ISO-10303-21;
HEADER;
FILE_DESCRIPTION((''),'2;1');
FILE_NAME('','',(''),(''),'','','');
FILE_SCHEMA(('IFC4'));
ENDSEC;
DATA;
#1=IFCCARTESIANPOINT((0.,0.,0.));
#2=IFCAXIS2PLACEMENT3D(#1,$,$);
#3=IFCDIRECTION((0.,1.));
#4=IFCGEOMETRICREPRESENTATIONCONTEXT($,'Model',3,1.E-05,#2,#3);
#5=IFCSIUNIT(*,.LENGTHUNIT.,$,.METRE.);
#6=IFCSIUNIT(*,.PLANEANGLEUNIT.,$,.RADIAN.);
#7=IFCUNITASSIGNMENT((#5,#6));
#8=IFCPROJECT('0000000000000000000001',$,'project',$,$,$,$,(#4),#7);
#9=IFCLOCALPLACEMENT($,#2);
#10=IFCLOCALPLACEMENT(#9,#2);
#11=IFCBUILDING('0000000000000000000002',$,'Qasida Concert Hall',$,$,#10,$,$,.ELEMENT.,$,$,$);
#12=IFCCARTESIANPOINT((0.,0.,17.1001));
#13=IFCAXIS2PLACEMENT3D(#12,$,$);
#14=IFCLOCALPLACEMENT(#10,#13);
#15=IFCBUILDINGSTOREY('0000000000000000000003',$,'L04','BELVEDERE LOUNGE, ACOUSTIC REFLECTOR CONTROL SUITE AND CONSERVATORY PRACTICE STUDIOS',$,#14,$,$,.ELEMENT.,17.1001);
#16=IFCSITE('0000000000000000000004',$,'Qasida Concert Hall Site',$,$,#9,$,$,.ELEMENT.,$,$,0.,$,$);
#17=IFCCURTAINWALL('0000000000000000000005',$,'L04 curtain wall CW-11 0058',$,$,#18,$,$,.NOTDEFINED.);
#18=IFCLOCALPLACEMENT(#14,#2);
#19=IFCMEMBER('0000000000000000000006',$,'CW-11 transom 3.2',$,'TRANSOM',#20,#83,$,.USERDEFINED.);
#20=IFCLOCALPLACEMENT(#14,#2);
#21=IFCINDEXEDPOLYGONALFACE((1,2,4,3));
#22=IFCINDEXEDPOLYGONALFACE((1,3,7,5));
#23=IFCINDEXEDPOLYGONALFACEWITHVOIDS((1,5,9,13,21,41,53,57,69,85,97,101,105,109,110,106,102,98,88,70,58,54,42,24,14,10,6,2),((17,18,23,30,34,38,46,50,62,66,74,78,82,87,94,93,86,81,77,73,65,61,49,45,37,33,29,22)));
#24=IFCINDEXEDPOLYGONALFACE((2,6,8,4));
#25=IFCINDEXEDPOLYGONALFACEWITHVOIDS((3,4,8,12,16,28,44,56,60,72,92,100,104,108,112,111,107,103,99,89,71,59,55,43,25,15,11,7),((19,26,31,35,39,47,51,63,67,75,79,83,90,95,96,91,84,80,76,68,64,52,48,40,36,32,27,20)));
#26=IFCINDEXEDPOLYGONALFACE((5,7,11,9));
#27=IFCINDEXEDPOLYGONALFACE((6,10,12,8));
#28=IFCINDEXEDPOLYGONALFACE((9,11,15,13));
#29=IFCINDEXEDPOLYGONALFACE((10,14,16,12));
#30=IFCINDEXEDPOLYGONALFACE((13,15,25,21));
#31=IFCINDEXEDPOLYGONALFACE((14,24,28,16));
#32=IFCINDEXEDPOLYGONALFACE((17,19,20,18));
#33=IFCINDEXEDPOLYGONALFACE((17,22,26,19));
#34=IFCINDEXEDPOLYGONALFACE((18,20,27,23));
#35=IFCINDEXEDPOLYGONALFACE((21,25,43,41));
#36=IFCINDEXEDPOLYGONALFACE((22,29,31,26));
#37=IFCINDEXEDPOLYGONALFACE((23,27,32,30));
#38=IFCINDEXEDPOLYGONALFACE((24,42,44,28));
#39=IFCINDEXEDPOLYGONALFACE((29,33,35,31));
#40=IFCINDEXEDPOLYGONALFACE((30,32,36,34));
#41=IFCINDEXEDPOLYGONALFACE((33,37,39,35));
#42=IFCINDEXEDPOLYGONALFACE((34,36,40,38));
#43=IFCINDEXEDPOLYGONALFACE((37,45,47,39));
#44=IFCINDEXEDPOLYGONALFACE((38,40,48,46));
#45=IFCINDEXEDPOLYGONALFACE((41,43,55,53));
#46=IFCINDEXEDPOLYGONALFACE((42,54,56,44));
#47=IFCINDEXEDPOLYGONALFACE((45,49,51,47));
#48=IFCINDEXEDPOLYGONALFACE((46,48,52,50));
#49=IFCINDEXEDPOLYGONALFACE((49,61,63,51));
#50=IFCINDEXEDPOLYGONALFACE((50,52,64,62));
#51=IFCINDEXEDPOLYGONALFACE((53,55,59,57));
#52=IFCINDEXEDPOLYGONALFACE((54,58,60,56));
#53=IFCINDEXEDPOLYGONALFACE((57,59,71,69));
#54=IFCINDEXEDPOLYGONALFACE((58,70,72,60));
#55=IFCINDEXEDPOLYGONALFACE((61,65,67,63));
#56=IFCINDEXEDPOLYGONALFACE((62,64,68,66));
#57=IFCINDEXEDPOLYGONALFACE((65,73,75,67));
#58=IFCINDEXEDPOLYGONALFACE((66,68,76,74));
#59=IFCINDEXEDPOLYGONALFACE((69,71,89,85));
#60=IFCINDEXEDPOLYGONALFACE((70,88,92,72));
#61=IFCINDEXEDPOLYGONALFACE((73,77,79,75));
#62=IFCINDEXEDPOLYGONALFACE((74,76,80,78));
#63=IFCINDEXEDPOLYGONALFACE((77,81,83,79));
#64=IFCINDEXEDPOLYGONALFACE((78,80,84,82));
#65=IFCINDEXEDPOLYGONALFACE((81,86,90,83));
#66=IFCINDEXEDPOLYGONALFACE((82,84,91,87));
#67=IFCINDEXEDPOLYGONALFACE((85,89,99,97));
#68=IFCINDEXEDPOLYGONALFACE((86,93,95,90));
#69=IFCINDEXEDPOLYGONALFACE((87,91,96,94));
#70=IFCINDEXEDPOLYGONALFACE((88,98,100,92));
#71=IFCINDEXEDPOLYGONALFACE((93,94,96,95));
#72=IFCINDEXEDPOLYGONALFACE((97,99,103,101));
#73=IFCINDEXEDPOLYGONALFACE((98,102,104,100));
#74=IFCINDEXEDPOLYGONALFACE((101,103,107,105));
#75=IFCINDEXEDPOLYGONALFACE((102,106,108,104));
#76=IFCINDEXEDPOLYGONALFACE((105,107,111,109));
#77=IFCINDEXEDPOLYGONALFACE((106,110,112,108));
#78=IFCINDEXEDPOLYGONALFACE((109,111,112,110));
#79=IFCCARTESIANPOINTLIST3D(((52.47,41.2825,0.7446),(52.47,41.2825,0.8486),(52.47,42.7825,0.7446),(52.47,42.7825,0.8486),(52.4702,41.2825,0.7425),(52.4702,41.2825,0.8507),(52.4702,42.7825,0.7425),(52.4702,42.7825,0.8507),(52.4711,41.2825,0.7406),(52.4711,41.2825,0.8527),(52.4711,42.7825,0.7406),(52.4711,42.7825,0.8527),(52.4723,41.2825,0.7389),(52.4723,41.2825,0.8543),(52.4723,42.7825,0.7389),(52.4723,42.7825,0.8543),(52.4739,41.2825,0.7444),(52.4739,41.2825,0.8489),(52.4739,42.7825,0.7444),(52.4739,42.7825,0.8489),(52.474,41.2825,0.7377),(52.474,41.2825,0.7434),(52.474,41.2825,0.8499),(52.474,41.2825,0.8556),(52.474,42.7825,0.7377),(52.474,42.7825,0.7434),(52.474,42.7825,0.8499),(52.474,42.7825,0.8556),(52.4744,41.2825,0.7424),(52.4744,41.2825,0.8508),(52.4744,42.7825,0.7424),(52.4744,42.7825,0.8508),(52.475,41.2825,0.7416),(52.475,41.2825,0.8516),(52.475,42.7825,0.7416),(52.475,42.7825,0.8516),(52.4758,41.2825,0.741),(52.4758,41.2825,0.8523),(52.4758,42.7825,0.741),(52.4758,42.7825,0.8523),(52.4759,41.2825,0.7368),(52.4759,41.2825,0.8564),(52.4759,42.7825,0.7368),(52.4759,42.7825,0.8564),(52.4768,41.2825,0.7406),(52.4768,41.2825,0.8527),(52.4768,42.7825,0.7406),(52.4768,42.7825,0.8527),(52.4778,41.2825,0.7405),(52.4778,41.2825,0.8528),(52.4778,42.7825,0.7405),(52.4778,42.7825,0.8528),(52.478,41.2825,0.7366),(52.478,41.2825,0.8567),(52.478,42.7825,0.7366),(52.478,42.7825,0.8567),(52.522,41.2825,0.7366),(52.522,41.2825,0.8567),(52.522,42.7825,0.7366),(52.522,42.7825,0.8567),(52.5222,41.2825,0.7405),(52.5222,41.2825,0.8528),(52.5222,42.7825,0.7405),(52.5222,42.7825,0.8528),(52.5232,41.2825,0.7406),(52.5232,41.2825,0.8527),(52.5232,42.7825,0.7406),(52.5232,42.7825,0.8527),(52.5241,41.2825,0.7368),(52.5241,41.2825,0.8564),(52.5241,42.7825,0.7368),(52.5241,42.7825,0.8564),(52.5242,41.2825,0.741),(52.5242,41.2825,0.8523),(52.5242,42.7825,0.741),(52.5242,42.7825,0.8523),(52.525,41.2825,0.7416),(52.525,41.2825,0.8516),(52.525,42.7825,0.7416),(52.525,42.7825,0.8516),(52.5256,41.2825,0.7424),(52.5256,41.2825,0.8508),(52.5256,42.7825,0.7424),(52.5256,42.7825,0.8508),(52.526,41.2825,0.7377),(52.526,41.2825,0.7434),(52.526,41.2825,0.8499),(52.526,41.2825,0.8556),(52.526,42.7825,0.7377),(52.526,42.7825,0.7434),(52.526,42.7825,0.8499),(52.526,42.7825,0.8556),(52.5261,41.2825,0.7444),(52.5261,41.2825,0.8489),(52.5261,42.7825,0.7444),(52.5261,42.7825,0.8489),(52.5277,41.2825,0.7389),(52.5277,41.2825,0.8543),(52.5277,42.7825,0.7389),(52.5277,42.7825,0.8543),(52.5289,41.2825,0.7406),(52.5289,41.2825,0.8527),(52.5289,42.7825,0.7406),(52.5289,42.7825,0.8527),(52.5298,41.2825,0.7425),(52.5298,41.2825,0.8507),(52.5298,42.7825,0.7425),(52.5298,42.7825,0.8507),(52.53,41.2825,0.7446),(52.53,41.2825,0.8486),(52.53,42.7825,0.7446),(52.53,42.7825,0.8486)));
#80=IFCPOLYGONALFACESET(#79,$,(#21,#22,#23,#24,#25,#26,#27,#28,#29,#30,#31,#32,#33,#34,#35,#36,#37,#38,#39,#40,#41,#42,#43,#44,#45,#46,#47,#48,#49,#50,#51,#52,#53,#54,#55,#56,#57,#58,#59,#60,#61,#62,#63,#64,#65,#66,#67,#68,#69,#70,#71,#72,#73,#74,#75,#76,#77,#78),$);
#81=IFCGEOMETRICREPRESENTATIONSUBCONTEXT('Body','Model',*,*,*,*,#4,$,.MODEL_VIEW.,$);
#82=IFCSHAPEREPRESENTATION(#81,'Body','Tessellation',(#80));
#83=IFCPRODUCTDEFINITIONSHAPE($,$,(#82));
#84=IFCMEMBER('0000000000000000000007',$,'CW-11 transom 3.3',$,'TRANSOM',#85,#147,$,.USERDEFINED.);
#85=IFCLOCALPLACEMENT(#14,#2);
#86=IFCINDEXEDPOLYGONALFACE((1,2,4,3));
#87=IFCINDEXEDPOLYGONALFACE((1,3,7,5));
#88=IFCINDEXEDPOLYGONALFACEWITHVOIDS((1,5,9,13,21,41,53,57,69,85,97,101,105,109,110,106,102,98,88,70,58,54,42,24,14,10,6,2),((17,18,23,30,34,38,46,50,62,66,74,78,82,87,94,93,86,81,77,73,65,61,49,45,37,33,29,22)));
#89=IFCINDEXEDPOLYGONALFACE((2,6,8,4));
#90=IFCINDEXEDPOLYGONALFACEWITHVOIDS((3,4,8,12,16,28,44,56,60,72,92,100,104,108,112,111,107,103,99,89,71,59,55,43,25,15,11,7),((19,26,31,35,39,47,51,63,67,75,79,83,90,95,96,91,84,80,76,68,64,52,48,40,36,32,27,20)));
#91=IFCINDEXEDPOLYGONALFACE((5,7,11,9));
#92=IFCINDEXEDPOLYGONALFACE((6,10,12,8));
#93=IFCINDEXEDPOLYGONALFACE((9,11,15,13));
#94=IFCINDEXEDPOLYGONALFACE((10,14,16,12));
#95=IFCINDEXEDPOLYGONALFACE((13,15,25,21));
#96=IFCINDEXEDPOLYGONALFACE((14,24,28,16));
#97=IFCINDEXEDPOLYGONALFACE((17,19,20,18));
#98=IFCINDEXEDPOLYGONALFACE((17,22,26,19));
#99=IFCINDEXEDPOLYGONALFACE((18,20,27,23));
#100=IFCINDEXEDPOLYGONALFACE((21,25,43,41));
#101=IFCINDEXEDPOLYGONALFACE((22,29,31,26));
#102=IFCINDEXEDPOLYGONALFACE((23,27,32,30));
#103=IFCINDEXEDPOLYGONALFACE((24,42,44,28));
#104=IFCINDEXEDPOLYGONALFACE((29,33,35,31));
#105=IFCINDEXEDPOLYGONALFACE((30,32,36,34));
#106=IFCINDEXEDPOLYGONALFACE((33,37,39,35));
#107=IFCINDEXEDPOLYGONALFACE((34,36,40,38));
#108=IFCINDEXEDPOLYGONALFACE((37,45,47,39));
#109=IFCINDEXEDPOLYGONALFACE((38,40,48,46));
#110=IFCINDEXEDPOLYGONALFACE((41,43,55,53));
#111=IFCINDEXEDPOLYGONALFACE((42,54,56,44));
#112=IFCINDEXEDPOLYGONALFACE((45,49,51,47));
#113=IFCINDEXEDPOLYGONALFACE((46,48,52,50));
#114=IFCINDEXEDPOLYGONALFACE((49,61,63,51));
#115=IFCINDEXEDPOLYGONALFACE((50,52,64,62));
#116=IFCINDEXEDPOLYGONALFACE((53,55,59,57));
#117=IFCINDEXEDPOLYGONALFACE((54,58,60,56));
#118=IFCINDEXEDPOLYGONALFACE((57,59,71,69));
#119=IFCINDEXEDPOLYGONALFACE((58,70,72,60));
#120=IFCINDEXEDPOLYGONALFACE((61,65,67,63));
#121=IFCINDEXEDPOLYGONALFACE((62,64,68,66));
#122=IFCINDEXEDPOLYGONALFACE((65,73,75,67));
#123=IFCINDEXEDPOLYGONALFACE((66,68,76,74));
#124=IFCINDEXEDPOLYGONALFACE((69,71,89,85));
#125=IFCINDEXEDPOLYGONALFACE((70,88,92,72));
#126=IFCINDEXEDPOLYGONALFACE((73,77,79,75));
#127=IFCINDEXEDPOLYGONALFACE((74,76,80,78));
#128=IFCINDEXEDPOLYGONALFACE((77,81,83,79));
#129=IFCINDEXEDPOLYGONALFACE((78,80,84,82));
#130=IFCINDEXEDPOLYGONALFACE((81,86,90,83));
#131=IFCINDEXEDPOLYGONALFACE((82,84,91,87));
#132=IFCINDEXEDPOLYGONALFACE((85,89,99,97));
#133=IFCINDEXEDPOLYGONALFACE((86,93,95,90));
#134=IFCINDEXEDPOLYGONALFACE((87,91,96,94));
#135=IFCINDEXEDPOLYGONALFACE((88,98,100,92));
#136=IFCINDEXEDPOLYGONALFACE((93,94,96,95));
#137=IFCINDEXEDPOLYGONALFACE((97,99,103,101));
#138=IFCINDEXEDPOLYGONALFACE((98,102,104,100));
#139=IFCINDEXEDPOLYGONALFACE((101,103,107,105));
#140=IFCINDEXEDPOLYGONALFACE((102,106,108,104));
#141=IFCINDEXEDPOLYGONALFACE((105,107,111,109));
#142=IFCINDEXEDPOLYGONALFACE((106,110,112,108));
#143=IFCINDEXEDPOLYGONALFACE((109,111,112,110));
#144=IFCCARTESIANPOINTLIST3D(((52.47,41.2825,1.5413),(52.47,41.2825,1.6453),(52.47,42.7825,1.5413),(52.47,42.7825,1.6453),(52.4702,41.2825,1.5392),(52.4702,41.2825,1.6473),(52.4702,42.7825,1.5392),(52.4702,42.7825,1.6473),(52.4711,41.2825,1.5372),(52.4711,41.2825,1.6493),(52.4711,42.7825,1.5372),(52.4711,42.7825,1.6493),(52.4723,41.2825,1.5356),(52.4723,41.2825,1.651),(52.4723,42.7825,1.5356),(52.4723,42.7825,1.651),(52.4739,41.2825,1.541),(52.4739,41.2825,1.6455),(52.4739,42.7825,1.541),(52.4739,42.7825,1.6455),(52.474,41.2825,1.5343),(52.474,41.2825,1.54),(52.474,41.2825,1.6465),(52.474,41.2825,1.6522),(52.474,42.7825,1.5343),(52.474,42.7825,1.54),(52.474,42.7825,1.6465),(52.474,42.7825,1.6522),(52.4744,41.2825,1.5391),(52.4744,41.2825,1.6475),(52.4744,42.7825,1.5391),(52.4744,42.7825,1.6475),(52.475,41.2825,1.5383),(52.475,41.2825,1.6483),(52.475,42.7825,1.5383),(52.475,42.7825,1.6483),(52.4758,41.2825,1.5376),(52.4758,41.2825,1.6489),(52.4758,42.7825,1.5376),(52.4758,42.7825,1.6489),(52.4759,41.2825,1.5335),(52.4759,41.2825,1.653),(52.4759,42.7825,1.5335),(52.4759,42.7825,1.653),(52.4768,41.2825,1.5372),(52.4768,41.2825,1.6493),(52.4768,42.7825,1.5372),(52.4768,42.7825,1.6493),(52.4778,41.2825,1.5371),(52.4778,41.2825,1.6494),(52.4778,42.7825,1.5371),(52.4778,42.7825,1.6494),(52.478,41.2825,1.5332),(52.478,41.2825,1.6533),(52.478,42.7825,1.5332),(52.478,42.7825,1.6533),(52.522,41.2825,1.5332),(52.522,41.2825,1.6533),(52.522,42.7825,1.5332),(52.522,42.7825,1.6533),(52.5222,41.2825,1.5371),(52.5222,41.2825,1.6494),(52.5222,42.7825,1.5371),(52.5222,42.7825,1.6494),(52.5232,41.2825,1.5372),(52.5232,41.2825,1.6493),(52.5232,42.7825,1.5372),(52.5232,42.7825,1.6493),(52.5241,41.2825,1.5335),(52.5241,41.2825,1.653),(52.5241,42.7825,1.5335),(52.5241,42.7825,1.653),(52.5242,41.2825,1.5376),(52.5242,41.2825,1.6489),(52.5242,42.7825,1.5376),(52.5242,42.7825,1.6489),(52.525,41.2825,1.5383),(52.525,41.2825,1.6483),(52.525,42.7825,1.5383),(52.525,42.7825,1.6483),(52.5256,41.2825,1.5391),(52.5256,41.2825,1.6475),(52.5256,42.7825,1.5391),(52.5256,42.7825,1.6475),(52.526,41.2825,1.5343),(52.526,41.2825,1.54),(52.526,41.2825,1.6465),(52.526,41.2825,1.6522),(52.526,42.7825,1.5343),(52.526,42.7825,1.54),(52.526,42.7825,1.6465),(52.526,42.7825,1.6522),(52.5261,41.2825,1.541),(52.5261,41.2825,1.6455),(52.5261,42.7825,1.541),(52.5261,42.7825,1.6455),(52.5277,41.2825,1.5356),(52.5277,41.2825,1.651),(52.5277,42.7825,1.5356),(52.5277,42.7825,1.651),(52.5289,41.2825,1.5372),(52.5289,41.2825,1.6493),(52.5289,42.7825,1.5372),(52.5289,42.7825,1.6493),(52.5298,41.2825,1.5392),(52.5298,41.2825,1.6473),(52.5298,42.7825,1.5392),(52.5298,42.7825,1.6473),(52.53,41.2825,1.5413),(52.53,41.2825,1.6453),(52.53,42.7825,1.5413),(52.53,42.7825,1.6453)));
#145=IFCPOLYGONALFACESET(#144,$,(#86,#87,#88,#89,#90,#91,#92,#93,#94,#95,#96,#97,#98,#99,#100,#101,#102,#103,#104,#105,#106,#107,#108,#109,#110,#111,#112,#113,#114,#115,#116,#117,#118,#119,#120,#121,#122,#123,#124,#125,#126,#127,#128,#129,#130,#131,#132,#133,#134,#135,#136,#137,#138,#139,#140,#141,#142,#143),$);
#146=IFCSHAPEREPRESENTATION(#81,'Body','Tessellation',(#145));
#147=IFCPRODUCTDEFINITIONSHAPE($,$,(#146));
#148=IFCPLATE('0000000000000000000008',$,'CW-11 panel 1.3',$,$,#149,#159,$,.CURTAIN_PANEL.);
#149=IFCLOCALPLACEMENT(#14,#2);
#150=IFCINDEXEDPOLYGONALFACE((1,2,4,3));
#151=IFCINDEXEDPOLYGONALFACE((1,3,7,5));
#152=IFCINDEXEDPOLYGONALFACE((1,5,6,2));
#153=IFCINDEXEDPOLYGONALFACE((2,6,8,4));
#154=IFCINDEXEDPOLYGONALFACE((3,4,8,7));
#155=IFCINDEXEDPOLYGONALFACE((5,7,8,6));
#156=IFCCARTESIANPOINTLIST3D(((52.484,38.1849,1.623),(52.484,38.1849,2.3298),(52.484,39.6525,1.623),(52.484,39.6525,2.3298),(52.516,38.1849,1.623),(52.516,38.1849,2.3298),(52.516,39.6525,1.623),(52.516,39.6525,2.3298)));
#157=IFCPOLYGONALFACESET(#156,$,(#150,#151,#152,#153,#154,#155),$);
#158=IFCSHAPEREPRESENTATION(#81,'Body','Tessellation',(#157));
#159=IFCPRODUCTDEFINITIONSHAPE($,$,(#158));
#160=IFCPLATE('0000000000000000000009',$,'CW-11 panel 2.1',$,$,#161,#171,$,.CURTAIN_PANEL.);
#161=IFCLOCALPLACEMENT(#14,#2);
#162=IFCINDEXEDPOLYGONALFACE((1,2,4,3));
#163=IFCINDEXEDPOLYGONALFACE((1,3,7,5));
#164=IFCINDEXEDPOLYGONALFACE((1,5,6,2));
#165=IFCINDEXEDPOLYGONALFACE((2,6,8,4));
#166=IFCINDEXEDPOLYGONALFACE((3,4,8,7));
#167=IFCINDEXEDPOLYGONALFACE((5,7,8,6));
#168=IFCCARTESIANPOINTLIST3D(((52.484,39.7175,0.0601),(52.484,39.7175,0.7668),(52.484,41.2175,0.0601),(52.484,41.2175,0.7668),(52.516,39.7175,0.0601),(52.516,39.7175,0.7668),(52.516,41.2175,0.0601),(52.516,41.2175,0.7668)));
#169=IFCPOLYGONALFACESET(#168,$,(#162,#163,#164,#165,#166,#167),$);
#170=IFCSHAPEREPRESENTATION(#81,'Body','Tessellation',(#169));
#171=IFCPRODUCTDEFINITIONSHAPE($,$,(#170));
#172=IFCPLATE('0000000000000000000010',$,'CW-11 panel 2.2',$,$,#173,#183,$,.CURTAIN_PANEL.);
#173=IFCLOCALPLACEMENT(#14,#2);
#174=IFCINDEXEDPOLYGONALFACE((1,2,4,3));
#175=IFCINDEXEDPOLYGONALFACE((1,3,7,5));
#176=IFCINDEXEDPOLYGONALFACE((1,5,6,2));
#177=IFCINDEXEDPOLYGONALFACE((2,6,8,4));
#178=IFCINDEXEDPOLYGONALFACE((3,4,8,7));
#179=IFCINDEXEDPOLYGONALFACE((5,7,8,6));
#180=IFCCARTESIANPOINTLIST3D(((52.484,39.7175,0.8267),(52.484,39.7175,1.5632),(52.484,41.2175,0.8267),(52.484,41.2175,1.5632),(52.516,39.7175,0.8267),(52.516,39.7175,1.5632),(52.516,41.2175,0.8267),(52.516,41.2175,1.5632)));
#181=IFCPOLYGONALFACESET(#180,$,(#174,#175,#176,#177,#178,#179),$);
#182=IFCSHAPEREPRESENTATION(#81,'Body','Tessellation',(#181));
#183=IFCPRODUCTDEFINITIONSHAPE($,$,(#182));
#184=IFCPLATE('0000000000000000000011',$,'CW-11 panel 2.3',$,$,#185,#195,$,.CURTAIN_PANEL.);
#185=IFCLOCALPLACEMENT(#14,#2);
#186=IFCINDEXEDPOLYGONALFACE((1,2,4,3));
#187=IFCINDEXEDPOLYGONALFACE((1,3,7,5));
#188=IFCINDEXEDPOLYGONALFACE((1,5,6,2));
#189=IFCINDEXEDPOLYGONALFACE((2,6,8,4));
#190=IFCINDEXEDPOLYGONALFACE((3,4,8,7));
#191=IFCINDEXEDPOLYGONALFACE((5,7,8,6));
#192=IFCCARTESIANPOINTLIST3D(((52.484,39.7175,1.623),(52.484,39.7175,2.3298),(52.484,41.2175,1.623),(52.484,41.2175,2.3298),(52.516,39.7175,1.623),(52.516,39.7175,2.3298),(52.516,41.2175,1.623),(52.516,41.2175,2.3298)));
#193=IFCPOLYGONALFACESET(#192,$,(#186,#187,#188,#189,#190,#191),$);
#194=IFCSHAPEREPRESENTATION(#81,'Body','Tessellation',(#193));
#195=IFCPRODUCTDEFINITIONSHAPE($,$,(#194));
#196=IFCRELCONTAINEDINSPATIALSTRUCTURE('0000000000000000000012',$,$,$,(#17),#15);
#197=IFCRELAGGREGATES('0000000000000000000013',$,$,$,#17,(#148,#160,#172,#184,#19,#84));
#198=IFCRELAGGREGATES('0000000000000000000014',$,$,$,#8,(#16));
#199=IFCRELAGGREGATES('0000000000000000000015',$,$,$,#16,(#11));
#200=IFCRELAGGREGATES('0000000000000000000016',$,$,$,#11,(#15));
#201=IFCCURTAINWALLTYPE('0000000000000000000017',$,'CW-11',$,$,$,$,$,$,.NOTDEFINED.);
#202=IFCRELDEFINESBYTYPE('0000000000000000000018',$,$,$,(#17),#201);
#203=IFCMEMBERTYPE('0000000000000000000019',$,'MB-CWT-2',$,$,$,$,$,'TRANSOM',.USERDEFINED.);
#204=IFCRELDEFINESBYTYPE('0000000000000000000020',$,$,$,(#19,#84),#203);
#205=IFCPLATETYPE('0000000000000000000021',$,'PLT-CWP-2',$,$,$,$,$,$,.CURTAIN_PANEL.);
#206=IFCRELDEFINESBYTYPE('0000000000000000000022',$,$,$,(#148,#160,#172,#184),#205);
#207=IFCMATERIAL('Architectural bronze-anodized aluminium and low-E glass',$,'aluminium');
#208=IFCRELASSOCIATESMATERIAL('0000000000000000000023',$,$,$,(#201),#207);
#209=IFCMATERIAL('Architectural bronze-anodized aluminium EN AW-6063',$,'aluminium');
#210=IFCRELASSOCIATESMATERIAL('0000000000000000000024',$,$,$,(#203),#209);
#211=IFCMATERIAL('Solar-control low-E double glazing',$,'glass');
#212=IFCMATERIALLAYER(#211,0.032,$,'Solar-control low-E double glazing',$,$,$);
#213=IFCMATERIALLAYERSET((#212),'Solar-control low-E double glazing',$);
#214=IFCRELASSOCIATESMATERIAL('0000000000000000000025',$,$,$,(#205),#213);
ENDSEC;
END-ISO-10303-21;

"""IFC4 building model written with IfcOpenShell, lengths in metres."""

from ifc_helpers import new_model, si_unit, direction, frame, origin, origin_2d, place, context, subcontext, project, spatial, rectangle, hollow_rectangle, extrude, material, layer, layer_set, material_profile, profile_set, type_object, element, aggregate, save


model = new_model("IFC4")

# Units and contexts
model_context = context("Model", 3, precision=1e-05, world=origin(), true_north=direction((0.0, 1.0)))
body_context = subcontext(model_context, "Body", "Model", "MODEL_VIEW")
ifc_project = project(units=[si_unit("LENGTHUNIT", "METRE"), si_unit("PLANEANGLEUNIT", "RADIAN")], contexts=[model_context])

# Site, building, storey
site_placement = place(None, origin())
site = spatial("IfcSite", under=ifc_project, at=site_placement, Name="Qasida Concert Hall Site", CompositionType="ELEMENT", RefElevation=0.0)
building_placement = place(site_placement, origin())
building = spatial("IfcBuilding", under=site, at=building_placement, Name="Qasida Concert Hall", CompositionType="ELEMENT")
storey_placement = place(building_placement, frame((0.0, 0.0, 17.1001)))
storey = spatial("IfcBuildingStorey", under=building, at=storey_placement, Name="L04", Description="BELVEDERE LOUNGE, ACOUSTIC REFLECTOR CONTROL SUITE AND CONSERVATORY PRACTICE STUDIOS", CompositionType="ELEMENT", Elevation=17.1001)

# Curtain wall, members, plates
ifc_material_1 = material(Name="Architectural bronze-anodized aluminium and low-E glass", Category="aluminium")
curtain_wall_type = type_object("IfcCurtainWallType", Name="CW-11", PredefinedType="NOTDEFINED", material=ifc_material_1)
curtain_wall_placement = place(storey_placement, origin())
curtain_wall = element("IfcCurtainWall", 1, at=curtain_wall_placement, inside=storey, type_object=curtain_wall_type, Name="L04 curtain wall CW-11 0058", PredefinedType="NOTDEFINED")
ifc_material_2 = material(Name="Architectural bronze-anodized aluminium EN AW-6063", Category="aluminium")
ifc_material_profile_1 = material_profile(ifc_material_2, hollow_rectangle(XDim=0.0601, YDim=0.1201, WallThickness=0.0039, InnerFilletRadius=0.0039, OuterFilletRadius=0.0081, at=origin_2d()), Name="CWT 120x60x4")
ifc_profile_set_1 = profile_set([ifc_material_profile_1], Name="Architectural bronze-anodized aluminium EN AW-6063")
member_type_1 = type_object("IfcMemberType", Name="MB-CWT-2", ElementType="TRANSOM", PredefinedType="USERDEFINED", material=ifc_profile_set_1)
member_1_placement = place(storey_placement, frame((52.5, 41.2825, 0.7966), z_axis=(0.0, 1.0, 0.0), x_axis=(-1.0, 0.0, 0.0)))
member_1 = element("IfcMember", 2, at=member_1_placement, type_object=member_type_1, Name="CW-11 transom 3.2", ObjectType="TRANSOM", PredefinedType="USERDEFINED", context=body_context, shape_type="SweptSolid", body=[
    extrude(hollow_rectangle(XDim=0.0601, YDim=0.1201, WallThickness=0.0039, InnerFilletRadius=0.0039, OuterFilletRadius=0.0081, at=origin_2d()), origin(), (0.0, 0.0, 1.0), 1.5),
])
member_2_placement = place(storey_placement, frame((52.5, 41.2825, 1.5933), z_axis=(0.0, 1.0, 0.0), x_axis=(-1.0, 0.0, 0.0)))
member_2 = element("IfcMember", 3, at=member_2_placement, type_object=member_type_1, Name="CW-11 transom 3.3", ObjectType="TRANSOM", PredefinedType="USERDEFINED", context=body_context, shape_type="SweptSolid", body=[
    extrude(hollow_rectangle(XDim=0.0601, YDim=0.1201, WallThickness=0.0039, InnerFilletRadius=0.0039, OuterFilletRadius=0.0081, at=origin_2d()), origin(), (0.0, 0.0, 1.0), 1.5),
])
ifc_material_3 = material(Name="Solar-control low-E double glazing", Category="glass")
ifc_layer_1 = layer(ifc_material_3, 0.032, Name="Solar-control low-E double glazing")
ifc_layer_set_1 = layer_set([ifc_layer_1], Name="Solar-control low-E double glazing")
plate_type = type_object("IfcPlateType", Name="PLT-CWP-2", PredefinedType="CURTAIN_PANEL", material=ifc_layer_set_1)
plate_1_placement = place(storey_placement, frame((52.5, 38.9187, 1.623), z_axis=(0.0, 0.0, 1.0), x_axis=(0.0, 1.0, 0.0)))
plate_1 = element("IfcPlate", 4, at=plate_1_placement, type_object=plate_type, Name="CW-11 panel 1.3", PredefinedType="CURTAIN_PANEL", context=body_context, shape_type="SweptSolid", body=[
    extrude(rectangle(XDim=1.4675, YDim=0.032, at=origin_2d()), origin(), (0.0, 0.0, 1.0), 0.7068),
])
plate_2_placement = place(storey_placement, frame((52.5, 40.4675, 0.0601), z_axis=(0.0, 0.0, 1.0), x_axis=(0.0, 1.0, 0.0)))
plate_2 = element("IfcPlate", 5, at=plate_2_placement, type_object=plate_type, Name="CW-11 panel 2.1", PredefinedType="CURTAIN_PANEL", context=body_context, shape_type="SweptSolid", body=[
    extrude(rectangle(XDim=1.5, YDim=0.032, at=origin_2d()), origin(), (0.0, 0.0, 1.0), 0.7068),
])
plate_3_placement = place(storey_placement, frame((52.5, 40.4675, 0.8267), z_axis=(0.0, 0.0, 1.0), x_axis=(0.0, 1.0, 0.0)))
plate_3 = element("IfcPlate", 6, at=plate_3_placement, type_object=plate_type, Name="CW-11 panel 2.2", PredefinedType="CURTAIN_PANEL", context=body_context, shape_type="SweptSolid", body=[
    extrude(rectangle(XDim=1.5, YDim=0.032, at=origin_2d()), origin(), (0.0, 0.0, 1.0), 0.7366),
])
plate_4_placement = place(storey_placement, frame((52.5, 40.4675, 1.623), z_axis=(0.0, 0.0, 1.0), x_axis=(0.0, 1.0, 0.0)))
plate_4 = element("IfcPlate", 7, at=plate_4_placement, type_object=plate_type, Name="CW-11 panel 2.3", PredefinedType="CURTAIN_PANEL", context=body_context, shape_type="SweptSolid", body=[
    extrude(rectangle(XDim=1.5, YDim=0.032, at=origin_2d()), origin(), (0.0, 0.0, 1.0), 0.7068),
])
aggregate(curtain_wall, [plate_1, plate_2, plate_3, plate_4, member_1, member_2])

save(model, "model.ifc")
